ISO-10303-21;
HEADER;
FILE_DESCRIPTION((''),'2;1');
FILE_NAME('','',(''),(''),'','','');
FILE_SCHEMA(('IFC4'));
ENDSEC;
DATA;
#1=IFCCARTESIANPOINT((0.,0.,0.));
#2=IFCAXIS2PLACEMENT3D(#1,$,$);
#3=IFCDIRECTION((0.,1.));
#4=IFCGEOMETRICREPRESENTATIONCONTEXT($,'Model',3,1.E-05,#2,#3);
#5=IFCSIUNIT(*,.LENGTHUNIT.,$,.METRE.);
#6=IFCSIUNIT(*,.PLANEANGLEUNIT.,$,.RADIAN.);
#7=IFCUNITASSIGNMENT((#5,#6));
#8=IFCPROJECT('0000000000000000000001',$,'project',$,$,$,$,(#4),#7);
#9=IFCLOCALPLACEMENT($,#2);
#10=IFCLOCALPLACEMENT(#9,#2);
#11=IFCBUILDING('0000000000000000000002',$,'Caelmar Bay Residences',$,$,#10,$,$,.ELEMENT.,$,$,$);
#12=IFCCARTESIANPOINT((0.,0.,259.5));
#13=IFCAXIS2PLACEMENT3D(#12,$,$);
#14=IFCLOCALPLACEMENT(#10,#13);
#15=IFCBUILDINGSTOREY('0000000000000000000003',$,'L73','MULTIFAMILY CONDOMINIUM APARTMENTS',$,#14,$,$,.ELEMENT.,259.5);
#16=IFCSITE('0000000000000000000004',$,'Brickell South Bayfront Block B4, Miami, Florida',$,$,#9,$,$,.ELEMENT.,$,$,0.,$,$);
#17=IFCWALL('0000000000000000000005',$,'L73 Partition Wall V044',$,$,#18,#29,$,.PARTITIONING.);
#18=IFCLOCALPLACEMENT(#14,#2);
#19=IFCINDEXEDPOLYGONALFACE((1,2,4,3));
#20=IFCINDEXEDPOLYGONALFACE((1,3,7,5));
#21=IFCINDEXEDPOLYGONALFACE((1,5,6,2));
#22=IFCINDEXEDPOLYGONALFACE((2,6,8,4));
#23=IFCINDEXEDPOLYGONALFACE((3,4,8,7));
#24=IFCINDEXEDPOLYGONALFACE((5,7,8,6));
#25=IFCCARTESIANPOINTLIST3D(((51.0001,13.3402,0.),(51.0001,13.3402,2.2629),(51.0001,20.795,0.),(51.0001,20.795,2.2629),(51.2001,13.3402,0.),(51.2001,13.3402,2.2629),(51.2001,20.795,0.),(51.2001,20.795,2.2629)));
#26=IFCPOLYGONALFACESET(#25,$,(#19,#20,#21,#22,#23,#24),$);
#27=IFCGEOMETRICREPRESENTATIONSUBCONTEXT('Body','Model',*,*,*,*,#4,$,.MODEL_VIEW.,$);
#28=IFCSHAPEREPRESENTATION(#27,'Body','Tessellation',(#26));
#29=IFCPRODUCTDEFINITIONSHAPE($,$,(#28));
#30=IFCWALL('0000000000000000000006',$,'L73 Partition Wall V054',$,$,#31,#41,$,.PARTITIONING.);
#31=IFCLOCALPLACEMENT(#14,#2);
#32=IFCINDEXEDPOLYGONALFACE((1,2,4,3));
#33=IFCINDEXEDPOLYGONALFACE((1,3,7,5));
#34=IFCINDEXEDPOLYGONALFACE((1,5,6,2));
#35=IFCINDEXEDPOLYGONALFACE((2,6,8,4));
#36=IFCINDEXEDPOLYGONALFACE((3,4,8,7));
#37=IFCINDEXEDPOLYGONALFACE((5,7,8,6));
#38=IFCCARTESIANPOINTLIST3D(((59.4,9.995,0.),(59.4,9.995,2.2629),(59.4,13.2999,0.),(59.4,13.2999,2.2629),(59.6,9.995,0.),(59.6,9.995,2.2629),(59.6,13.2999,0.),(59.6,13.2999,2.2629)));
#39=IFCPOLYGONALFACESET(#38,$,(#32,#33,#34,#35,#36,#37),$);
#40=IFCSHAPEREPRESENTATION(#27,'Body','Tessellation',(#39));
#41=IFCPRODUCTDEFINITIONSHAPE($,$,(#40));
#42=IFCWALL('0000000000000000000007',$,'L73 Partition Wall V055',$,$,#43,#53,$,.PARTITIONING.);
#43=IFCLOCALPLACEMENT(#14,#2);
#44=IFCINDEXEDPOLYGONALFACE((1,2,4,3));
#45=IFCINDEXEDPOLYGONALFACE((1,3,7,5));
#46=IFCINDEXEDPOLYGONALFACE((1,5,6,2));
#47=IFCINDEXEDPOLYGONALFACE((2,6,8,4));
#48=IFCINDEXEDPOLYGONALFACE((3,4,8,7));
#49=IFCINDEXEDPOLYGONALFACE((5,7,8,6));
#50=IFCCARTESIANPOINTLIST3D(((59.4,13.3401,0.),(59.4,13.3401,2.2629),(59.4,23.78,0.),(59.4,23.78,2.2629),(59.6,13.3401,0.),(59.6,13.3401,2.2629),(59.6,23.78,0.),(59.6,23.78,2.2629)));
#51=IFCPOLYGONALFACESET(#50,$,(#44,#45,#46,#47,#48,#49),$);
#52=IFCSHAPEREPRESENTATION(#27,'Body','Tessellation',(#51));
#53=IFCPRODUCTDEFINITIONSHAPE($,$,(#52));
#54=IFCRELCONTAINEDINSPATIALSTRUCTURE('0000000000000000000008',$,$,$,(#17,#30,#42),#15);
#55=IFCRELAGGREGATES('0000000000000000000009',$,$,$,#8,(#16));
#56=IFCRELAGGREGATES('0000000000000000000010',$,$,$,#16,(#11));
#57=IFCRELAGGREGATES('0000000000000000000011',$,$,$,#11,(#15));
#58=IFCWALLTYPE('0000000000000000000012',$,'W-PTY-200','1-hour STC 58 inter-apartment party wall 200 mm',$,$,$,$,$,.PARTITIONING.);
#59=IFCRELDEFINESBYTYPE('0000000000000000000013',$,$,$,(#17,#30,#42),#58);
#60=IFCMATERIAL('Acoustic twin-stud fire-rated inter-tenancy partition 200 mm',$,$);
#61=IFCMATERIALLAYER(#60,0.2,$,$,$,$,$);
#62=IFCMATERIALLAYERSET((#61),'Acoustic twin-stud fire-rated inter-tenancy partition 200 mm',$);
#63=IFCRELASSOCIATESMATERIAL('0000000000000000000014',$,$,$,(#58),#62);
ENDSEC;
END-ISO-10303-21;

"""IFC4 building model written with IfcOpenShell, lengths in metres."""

from ifc_helpers import new_model, si_unit, direction, frame, frame_2d, origin, place, context, subcontext, project, spatial, rectangle, extrude, material, layer, layer_set, type_object, element, save


model = new_model("IFC4")

# Units and contexts
model_context = context("Model", 3, precision=1e-05, world=origin(), true_north=direction((0.0, 1.0)))
body_context = subcontext(model_context, "Body", "Model", "MODEL_VIEW")
ifc_project = project(units=[si_unit("LENGTHUNIT", "METRE"), si_unit("PLANEANGLEUNIT", "RADIAN")], contexts=[model_context])

# Site, building, storey
site_placement = place(None, origin())
site = spatial("IfcSite", under=ifc_project, at=site_placement, Name="Brickell South Bayfront Block B4, Miami, Florida", CompositionType="ELEMENT", RefElevation=0.0)
building_placement = place(site_placement, origin())
building = spatial("IfcBuilding", under=site, at=building_placement, Name="Caelmar Bay Residences", CompositionType="ELEMENT")
storey_placement = place(building_placement, frame((0.0, 0.0, 259.5)))
storey = spatial("IfcBuildingStorey", under=building, at=storey_placement, Name="L73", Description="MULTIFAMILY CONDOMINIUM APARTMENTS", CompositionType="ELEMENT", Elevation=259.5)

# Walls
ifc_material_1 = material(Name="Acoustic twin-stud fire-rated inter-tenancy partition 200 mm")
ifc_layer_1 = layer(ifc_material_1, 0.2)
ifc_layer_set_1 = layer_set([ifc_layer_1], Name="Acoustic twin-stud fire-rated inter-tenancy partition 200 mm")
wall_type_1 = type_object("IfcWallType", Name="W-PTY-200", Description="1-hour STC 58 inter-apartment party wall 200 mm", PredefinedType="PARTITIONING", material=ifc_layer_set_1)
wall_1_placement = place(storey_placement, frame((51.1001, 13.3401, 0.0), z_axis=(0.0, 0.0, 1.0), x_axis=(0.0, 1.0, 0.0)))
element("IfcWall", 1, at=wall_1_placement, inside=storey, type_object=wall_type_1, Name="L73 Partition Wall V044", PredefinedType="PARTITIONING", context=body_context, shape_type="SweptSolid", body=[
    extrude(rectangle(XDim=7.4548, YDim=0.2, at=frame_2d((3.7275, 0.0))), origin(), (0.0, 0.0, 1.0), 2.2629),
])
wall_2_placement = place(storey_placement, frame((59.5, 9.9951, 0.0), z_axis=(0.0, 0.0, 1.0), x_axis=(0.0, 1.0, 0.0)))
element("IfcWall", 2, at=wall_2_placement, inside=storey, type_object=wall_type_1, Name="L73 Partition Wall V054", PredefinedType="PARTITIONING", context=body_context, shape_type="SweptSolid", body=[
    extrude(rectangle(XDim=3.3049, YDim=0.2, at=frame_2d((1.6523, 0.0))), origin(), (0.0, 0.0, 1.0), 2.2629),
])
wall_3_placement = place(storey_placement, frame((59.5, 13.3401, 0.0), z_axis=(0.0, 0.0, 1.0), x_axis=(0.0, 1.0, 0.0)))
element("IfcWall", 3, at=wall_3_placement, inside=storey, type_object=wall_type_1, Name="L73 Partition Wall V055", PredefinedType="PARTITIONING", context=body_context, shape_type="SweptSolid", body=[
    extrude(rectangle(XDim=10.4399, YDim=0.2, at=frame_2d((5.22, 0.0))), origin(), (0.0, 0.0, 1.0), 2.2629),
])

save(model, "model.ifc")
